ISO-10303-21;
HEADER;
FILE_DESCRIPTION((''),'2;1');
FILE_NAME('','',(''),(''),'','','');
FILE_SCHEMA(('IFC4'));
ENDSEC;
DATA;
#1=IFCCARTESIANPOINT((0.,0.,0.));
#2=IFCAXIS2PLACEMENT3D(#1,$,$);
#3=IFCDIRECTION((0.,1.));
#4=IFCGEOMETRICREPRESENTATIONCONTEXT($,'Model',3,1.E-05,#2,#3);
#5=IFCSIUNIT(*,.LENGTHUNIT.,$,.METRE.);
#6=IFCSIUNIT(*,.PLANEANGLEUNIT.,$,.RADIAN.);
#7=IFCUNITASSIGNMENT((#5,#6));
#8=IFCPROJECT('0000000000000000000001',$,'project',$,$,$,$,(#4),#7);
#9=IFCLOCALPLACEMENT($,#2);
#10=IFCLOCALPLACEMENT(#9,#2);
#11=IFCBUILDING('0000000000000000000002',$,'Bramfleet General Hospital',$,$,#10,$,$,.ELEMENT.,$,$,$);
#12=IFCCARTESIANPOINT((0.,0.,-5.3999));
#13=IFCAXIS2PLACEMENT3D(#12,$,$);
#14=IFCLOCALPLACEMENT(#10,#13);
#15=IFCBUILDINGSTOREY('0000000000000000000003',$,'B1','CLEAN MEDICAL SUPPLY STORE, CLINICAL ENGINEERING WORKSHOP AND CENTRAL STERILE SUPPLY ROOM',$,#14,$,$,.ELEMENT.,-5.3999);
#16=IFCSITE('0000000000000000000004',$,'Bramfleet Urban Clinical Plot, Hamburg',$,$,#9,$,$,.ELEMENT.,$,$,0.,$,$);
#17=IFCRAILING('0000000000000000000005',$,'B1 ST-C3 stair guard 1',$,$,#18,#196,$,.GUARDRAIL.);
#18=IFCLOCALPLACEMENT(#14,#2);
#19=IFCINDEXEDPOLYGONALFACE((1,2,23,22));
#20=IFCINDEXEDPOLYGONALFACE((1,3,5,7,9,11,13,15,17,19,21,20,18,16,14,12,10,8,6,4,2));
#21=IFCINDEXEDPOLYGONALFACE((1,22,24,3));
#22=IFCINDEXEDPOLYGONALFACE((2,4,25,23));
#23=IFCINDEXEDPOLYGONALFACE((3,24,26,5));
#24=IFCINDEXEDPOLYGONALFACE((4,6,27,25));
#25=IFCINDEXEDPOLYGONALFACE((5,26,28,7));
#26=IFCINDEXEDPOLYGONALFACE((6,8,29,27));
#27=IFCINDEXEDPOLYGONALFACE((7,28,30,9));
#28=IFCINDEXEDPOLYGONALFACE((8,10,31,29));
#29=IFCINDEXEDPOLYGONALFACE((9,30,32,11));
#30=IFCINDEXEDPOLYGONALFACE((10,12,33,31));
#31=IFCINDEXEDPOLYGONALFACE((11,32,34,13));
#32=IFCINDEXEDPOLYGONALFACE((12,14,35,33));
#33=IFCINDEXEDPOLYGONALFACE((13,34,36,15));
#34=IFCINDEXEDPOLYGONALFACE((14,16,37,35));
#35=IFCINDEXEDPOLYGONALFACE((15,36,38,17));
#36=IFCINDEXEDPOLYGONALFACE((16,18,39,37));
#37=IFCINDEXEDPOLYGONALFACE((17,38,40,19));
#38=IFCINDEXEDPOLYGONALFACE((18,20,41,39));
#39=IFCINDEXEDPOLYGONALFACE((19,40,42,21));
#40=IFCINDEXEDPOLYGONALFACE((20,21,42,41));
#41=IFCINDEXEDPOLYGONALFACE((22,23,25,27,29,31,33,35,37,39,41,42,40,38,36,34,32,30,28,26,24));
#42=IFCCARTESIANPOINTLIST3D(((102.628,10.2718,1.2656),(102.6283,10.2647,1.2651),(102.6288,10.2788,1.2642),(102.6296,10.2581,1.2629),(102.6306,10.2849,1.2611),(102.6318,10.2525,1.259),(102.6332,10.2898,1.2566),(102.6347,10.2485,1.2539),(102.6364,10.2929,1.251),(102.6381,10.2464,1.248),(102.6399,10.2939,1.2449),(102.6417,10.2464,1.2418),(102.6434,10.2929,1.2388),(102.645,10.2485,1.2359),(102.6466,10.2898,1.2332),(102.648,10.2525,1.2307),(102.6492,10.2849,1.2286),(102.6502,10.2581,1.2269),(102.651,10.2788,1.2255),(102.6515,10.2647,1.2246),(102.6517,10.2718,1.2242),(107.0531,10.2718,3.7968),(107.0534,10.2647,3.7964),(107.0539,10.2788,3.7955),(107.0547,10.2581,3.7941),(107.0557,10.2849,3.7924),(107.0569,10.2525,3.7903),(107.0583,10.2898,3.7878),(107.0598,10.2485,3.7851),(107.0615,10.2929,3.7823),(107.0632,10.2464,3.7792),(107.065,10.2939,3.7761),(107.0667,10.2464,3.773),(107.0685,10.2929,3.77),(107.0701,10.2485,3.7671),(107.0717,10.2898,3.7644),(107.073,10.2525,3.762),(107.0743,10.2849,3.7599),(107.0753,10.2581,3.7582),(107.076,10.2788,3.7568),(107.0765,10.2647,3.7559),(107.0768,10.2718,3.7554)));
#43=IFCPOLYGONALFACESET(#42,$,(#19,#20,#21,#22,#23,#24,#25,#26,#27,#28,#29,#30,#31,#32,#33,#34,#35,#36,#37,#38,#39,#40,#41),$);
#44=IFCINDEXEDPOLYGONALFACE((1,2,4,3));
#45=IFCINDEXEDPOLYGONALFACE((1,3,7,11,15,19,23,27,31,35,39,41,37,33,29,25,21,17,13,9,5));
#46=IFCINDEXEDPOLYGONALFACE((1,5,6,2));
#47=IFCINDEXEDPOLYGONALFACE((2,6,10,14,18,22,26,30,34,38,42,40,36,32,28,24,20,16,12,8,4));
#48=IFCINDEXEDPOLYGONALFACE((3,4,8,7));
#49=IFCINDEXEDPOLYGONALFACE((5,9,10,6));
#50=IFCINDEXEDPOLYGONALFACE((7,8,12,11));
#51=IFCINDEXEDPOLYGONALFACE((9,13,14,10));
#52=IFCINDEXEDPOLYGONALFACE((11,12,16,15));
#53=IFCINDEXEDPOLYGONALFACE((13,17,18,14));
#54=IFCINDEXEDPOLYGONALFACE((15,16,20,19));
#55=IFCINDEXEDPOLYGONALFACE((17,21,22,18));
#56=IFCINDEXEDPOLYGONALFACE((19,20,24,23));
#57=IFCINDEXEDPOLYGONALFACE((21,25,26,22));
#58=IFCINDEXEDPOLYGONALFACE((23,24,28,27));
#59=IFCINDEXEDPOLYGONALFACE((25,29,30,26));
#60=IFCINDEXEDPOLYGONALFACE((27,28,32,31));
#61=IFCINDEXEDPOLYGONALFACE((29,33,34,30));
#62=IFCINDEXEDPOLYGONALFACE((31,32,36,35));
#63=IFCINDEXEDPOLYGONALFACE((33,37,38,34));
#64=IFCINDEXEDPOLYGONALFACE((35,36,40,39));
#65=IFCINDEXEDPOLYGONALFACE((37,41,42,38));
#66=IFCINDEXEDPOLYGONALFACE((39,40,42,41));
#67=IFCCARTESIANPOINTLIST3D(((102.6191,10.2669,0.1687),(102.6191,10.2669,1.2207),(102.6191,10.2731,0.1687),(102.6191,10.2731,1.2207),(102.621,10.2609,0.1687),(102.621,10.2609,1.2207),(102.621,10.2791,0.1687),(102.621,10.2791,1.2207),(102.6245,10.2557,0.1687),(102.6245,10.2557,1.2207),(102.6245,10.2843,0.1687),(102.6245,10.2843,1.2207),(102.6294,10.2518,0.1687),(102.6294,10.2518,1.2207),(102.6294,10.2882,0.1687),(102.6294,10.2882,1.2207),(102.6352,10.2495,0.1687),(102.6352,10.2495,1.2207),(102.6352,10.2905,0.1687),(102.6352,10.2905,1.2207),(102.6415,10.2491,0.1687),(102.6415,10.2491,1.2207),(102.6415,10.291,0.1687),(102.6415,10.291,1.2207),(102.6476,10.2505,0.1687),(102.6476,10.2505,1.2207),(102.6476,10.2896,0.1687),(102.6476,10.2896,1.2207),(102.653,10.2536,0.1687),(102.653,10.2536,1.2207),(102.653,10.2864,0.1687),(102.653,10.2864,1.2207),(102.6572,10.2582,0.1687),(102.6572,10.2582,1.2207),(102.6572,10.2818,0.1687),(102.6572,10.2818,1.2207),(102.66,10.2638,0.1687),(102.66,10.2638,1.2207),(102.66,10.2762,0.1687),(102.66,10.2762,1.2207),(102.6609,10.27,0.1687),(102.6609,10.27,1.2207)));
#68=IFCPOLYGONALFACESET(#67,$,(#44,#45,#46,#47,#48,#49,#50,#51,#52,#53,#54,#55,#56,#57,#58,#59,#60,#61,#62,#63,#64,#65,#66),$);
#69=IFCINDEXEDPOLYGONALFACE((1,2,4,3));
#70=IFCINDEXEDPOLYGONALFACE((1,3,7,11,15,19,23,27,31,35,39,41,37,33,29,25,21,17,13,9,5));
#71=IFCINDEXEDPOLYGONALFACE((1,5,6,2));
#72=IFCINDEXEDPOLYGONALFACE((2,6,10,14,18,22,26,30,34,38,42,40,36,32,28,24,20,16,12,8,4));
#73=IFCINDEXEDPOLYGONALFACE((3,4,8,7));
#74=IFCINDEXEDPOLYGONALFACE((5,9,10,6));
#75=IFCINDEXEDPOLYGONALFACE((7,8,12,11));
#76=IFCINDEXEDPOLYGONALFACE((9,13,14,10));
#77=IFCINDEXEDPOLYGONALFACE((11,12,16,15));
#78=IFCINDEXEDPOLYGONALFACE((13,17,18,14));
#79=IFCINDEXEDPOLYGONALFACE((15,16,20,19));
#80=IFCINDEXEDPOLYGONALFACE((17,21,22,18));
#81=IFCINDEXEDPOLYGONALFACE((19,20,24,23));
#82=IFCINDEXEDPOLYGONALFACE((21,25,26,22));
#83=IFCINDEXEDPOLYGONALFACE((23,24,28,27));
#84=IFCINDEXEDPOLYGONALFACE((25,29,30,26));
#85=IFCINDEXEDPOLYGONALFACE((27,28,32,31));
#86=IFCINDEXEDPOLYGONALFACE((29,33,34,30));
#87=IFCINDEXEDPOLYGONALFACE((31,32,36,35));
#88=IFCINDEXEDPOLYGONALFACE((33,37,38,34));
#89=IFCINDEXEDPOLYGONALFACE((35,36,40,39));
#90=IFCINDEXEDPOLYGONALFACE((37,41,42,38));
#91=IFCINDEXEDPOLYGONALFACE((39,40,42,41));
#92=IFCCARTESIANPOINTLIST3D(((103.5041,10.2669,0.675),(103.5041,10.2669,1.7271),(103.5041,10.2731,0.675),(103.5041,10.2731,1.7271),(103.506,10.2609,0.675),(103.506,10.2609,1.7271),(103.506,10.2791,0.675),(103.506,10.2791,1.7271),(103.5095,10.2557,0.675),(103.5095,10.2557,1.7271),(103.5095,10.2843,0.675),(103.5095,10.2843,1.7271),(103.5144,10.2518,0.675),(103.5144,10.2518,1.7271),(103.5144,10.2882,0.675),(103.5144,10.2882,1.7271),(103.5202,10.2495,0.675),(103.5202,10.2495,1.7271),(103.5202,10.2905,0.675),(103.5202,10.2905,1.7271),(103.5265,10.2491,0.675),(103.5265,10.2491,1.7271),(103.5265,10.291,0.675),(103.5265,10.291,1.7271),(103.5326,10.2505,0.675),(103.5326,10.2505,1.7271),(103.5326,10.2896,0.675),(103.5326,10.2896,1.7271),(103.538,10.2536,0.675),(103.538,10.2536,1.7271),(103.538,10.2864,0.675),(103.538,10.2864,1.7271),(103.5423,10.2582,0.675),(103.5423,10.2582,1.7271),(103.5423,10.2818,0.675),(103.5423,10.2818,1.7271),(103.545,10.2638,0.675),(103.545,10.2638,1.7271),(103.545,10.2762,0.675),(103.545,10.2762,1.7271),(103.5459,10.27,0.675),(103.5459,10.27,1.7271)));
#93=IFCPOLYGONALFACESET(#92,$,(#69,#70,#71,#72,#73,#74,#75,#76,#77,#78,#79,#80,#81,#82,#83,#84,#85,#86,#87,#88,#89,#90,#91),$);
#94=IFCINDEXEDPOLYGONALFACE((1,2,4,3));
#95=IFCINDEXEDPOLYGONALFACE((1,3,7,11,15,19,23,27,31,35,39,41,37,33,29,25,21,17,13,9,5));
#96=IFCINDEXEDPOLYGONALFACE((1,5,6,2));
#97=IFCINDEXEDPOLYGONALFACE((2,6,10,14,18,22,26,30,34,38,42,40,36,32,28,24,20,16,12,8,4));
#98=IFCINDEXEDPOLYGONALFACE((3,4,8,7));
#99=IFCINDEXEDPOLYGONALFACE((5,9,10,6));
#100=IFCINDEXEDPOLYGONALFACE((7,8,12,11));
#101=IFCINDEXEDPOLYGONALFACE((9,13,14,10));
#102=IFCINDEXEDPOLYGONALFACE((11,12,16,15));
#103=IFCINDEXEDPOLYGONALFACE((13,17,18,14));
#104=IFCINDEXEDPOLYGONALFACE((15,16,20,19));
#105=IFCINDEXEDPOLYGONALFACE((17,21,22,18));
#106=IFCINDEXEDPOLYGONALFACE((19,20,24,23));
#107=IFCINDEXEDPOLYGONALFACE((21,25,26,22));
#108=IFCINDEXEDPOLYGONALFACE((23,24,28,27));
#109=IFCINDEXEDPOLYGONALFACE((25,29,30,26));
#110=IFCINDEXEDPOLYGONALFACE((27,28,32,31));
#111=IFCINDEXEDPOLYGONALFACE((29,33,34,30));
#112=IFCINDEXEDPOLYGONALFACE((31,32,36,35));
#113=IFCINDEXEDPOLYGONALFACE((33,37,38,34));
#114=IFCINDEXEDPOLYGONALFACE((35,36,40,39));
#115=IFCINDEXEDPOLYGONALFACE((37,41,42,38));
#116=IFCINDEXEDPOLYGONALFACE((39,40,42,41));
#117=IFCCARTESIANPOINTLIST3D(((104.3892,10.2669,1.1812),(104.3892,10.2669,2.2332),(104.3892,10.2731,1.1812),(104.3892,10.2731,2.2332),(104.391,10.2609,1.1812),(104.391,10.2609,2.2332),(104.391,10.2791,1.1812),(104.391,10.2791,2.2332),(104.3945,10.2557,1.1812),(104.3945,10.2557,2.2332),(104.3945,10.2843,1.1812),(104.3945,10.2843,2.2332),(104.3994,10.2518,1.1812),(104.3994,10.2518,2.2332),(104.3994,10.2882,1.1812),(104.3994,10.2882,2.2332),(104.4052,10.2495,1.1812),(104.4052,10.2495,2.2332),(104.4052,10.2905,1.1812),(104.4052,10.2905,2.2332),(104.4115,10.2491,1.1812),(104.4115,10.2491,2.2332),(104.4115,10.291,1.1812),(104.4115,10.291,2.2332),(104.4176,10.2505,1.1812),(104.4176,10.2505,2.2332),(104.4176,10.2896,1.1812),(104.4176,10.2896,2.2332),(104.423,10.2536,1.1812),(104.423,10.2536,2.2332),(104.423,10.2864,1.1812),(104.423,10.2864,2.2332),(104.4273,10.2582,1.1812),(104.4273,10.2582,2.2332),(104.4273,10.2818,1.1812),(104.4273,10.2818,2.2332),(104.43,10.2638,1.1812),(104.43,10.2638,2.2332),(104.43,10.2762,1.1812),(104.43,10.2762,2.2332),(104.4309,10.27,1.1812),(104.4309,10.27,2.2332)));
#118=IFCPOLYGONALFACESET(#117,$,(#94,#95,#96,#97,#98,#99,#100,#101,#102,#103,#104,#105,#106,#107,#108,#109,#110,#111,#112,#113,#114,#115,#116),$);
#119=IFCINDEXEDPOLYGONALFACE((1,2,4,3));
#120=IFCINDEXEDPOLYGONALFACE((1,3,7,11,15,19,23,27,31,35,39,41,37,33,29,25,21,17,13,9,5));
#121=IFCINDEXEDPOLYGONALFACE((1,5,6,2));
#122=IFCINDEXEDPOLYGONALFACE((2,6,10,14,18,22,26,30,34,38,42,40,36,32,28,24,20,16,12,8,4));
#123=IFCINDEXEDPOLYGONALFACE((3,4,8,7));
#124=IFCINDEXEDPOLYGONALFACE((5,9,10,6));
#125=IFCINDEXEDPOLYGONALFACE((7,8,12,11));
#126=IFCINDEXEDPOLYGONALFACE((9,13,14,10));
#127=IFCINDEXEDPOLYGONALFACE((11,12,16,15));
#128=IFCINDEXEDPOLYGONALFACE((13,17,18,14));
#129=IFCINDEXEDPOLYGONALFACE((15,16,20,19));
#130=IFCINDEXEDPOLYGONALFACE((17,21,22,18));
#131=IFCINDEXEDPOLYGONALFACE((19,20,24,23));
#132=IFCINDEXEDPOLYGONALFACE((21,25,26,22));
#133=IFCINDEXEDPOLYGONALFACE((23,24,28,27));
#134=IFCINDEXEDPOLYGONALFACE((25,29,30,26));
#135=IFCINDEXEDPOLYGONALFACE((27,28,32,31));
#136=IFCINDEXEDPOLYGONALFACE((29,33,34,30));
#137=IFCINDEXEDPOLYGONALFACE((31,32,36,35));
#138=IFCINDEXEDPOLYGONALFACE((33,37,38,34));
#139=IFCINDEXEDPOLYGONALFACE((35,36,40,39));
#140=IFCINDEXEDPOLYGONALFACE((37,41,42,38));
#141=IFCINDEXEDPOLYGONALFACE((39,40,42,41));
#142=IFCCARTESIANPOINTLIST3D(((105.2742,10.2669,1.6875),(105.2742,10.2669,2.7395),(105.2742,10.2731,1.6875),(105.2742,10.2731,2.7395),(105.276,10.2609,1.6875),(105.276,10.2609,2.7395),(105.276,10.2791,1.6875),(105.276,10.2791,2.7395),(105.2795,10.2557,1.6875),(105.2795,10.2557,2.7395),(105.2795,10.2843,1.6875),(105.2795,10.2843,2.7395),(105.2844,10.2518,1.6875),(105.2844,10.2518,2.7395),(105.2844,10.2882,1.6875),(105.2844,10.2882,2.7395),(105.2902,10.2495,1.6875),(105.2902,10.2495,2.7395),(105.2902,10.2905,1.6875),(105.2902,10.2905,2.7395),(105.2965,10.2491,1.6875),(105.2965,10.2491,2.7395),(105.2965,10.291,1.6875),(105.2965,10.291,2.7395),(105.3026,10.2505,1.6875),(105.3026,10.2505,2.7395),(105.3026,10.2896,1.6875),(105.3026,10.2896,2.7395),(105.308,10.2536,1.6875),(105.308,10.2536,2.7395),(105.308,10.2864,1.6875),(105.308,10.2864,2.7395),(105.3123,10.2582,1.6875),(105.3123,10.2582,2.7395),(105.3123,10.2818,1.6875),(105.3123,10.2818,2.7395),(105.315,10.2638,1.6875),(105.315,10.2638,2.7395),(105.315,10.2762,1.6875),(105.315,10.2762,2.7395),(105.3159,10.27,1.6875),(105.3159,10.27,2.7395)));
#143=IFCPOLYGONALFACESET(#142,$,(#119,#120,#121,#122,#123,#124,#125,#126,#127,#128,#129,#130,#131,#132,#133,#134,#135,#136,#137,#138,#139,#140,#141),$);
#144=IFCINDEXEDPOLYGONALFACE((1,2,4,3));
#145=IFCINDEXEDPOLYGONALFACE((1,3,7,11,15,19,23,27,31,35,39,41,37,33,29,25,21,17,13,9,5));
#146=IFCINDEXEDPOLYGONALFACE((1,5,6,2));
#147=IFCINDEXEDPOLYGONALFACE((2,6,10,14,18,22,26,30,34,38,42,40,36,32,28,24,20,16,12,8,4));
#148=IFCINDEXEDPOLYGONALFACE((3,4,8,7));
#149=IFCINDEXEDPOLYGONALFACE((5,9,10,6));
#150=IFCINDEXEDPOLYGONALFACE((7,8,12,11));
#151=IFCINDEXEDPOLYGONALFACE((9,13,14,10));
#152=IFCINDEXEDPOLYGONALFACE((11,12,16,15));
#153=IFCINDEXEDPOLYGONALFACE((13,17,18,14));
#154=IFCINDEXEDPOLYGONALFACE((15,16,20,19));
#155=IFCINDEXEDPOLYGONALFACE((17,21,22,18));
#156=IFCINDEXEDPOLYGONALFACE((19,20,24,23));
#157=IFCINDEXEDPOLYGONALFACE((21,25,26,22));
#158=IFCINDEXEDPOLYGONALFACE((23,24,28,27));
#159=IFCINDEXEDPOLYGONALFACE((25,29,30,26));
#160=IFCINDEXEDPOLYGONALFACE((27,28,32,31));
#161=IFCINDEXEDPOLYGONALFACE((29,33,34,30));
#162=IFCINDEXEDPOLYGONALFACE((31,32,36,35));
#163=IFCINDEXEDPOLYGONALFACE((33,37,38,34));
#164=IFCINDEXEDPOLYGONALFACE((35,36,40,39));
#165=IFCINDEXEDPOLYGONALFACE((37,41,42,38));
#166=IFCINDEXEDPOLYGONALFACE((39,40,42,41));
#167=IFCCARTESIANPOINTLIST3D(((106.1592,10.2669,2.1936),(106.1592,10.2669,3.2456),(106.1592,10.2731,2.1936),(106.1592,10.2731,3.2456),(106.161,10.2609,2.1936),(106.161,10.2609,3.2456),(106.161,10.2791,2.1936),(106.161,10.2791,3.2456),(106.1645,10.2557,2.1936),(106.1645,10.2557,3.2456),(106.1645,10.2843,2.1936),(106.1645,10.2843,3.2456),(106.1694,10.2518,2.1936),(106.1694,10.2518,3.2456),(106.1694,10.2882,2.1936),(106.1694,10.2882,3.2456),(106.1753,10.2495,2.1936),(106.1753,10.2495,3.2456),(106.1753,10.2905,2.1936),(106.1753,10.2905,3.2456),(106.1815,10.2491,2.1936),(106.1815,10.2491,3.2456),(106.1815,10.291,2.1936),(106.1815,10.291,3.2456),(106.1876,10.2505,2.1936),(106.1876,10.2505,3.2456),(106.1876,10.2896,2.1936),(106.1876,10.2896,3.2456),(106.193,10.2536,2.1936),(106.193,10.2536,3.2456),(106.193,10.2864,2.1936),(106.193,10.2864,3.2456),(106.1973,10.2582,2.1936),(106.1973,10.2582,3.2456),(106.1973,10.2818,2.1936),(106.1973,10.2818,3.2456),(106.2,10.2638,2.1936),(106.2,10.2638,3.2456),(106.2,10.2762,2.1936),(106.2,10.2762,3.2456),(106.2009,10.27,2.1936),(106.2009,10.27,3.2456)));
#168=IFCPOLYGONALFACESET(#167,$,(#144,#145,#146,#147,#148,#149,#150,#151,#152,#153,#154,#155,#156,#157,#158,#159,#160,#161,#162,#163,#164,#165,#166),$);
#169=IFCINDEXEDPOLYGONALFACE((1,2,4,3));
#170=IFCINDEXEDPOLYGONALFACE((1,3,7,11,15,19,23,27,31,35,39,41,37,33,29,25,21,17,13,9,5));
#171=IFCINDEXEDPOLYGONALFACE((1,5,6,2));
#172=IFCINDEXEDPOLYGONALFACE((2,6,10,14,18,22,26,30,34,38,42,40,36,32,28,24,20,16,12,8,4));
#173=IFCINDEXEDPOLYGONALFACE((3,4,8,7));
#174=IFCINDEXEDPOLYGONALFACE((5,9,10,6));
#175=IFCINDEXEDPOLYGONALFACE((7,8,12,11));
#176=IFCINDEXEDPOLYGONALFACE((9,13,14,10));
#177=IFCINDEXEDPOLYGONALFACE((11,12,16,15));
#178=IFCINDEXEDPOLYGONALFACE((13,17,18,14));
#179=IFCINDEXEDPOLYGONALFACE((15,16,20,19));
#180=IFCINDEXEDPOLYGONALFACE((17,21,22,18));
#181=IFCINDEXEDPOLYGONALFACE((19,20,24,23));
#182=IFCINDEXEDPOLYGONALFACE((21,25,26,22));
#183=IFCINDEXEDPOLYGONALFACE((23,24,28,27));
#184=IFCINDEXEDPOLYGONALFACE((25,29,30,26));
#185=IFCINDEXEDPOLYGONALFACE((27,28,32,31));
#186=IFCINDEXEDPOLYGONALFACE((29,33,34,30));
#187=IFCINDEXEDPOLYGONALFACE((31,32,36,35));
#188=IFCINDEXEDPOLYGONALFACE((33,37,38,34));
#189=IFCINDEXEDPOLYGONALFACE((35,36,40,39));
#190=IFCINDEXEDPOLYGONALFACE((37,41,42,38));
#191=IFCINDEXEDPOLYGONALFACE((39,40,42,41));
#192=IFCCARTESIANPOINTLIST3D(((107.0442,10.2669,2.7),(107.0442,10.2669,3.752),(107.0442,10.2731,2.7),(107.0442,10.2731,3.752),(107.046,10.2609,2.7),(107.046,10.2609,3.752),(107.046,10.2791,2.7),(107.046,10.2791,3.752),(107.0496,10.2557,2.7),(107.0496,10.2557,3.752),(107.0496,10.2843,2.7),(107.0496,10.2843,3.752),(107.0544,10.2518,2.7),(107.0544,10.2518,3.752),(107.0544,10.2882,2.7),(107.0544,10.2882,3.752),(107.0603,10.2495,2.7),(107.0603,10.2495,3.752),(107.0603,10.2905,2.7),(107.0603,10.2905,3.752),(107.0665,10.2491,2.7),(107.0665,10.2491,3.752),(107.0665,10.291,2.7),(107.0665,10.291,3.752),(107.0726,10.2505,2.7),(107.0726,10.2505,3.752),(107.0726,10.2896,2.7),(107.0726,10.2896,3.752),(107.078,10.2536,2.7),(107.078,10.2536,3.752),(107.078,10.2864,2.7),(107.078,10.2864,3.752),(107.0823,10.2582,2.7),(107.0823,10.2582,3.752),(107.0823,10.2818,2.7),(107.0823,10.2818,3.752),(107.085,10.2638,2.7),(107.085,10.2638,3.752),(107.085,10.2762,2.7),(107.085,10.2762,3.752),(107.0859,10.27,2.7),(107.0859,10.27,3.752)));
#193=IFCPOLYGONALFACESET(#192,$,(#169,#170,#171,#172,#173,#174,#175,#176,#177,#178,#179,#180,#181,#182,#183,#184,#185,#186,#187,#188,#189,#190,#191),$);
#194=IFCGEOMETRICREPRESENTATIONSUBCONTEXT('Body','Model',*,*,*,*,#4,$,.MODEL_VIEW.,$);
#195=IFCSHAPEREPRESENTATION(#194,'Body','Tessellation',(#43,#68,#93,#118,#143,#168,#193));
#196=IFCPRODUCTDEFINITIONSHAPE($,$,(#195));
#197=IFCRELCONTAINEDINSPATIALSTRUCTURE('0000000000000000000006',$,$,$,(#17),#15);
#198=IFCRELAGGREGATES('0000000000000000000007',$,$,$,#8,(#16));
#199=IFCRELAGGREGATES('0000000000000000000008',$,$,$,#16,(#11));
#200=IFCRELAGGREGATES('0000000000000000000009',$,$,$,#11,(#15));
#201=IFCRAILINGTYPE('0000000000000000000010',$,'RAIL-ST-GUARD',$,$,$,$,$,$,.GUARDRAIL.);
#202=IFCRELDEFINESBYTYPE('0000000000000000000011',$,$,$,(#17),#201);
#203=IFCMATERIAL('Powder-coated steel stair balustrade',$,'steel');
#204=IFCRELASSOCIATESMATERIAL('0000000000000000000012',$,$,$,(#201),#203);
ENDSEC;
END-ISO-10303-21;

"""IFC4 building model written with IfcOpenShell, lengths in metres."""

from ifc_helpers import new_model, si_unit, direction, frame, origin, origin_2d, place, context, subcontext, project, spatial, circle, extrude, material, type_object, element, save


model = new_model("IFC4")

# Units and contexts
model_context = context("Model", 3, precision=1e-05, world=origin(), true_north=direction((0.0, 1.0)))
body_context = subcontext(model_context, "Body", "Model", "MODEL_VIEW")
ifc_project = project(units=[si_unit("LENGTHUNIT", "METRE"), si_unit("PLANEANGLEUNIT", "RADIAN")], contexts=[model_context])

# Site, building, storey
site_placement = place(None, origin())
site = spatial("IfcSite", under=ifc_project, at=site_placement, Name="Bramfleet Urban Clinical Plot, Hamburg", CompositionType="ELEMENT", RefElevation=0.0)
building_placement = place(site_placement, origin())
building = spatial("IfcBuilding", under=site, at=building_placement, Name="Bramfleet General Hospital", CompositionType="ELEMENT")
storey_placement = place(building_placement, frame((0.0, 0.0, -5.3999)))
storey = spatial("IfcBuildingStorey", under=building, at=storey_placement, Name="B1", Description="CLEAN MEDICAL SUPPLY STORE, CLINICAL ENGINEERING WORKSHOP AND CENTRAL STERILE SUPPLY ROOM", CompositionType="ELEMENT", Elevation=-5.3999)

# Railing
ifc_material_1 = material(Name="Powder-coated steel stair balustrade", Category="steel")
railing_type_1 = type_object("IfcRailingType", Name="RAIL-ST-GUARD", PredefinedType="GUARDRAIL", material=ifc_material_1)
railing_1_placement = place(storey_placement, frame((102.6399, 10.27, 0.1687)))
element("IfcRailing", 1, at=railing_1_placement, inside=storey, type_object=railing_type_1, Name="B1 ST-C3 stair guard 1", PredefinedType="GUARDRAIL", context=body_context, shape_type="SweptSolid", body=[
    extrude(circle(Radius=0.0239, at=origin_2d()), frame((0.0, 0.0, 1.0762), z_axis=(0.868019, 0.0, 0.496531), x_axis=(0.0, 1.0, 0.0)), (0.0, 0.0, 1.0), 5.0979),
    extrude(circle(Radius=0.021, at=origin_2d()), origin(), (0.0, 0.0, 1.0), 1.052),
    extrude(circle(Radius=0.021, at=origin_2d()), frame((0.885, 0.0, 0.5063)), (0.0, 0.0, 1.0), 1.052),
    extrude(circle(Radius=0.021, at=origin_2d()), frame((1.77, 0.0, 1.0125)), (0.0, 0.0, 1.0), 1.052),
    extrude(circle(Radius=0.021, at=origin_2d()), frame((2.655, 0.0, 1.5188)), (0.0, 0.0, 1.0), 1.052),
    extrude(circle(Radius=0.021, at=origin_2d()), frame((3.54, 0.0, 2.0249)), (0.0, 0.0, 1.0), 1.052),
    extrude(circle(Radius=0.021, at=origin_2d()), frame((4.425, 0.0, 2.5312)), (0.0, 0.0, 1.0), 1.052),
])

save(model, "model.ifc")
